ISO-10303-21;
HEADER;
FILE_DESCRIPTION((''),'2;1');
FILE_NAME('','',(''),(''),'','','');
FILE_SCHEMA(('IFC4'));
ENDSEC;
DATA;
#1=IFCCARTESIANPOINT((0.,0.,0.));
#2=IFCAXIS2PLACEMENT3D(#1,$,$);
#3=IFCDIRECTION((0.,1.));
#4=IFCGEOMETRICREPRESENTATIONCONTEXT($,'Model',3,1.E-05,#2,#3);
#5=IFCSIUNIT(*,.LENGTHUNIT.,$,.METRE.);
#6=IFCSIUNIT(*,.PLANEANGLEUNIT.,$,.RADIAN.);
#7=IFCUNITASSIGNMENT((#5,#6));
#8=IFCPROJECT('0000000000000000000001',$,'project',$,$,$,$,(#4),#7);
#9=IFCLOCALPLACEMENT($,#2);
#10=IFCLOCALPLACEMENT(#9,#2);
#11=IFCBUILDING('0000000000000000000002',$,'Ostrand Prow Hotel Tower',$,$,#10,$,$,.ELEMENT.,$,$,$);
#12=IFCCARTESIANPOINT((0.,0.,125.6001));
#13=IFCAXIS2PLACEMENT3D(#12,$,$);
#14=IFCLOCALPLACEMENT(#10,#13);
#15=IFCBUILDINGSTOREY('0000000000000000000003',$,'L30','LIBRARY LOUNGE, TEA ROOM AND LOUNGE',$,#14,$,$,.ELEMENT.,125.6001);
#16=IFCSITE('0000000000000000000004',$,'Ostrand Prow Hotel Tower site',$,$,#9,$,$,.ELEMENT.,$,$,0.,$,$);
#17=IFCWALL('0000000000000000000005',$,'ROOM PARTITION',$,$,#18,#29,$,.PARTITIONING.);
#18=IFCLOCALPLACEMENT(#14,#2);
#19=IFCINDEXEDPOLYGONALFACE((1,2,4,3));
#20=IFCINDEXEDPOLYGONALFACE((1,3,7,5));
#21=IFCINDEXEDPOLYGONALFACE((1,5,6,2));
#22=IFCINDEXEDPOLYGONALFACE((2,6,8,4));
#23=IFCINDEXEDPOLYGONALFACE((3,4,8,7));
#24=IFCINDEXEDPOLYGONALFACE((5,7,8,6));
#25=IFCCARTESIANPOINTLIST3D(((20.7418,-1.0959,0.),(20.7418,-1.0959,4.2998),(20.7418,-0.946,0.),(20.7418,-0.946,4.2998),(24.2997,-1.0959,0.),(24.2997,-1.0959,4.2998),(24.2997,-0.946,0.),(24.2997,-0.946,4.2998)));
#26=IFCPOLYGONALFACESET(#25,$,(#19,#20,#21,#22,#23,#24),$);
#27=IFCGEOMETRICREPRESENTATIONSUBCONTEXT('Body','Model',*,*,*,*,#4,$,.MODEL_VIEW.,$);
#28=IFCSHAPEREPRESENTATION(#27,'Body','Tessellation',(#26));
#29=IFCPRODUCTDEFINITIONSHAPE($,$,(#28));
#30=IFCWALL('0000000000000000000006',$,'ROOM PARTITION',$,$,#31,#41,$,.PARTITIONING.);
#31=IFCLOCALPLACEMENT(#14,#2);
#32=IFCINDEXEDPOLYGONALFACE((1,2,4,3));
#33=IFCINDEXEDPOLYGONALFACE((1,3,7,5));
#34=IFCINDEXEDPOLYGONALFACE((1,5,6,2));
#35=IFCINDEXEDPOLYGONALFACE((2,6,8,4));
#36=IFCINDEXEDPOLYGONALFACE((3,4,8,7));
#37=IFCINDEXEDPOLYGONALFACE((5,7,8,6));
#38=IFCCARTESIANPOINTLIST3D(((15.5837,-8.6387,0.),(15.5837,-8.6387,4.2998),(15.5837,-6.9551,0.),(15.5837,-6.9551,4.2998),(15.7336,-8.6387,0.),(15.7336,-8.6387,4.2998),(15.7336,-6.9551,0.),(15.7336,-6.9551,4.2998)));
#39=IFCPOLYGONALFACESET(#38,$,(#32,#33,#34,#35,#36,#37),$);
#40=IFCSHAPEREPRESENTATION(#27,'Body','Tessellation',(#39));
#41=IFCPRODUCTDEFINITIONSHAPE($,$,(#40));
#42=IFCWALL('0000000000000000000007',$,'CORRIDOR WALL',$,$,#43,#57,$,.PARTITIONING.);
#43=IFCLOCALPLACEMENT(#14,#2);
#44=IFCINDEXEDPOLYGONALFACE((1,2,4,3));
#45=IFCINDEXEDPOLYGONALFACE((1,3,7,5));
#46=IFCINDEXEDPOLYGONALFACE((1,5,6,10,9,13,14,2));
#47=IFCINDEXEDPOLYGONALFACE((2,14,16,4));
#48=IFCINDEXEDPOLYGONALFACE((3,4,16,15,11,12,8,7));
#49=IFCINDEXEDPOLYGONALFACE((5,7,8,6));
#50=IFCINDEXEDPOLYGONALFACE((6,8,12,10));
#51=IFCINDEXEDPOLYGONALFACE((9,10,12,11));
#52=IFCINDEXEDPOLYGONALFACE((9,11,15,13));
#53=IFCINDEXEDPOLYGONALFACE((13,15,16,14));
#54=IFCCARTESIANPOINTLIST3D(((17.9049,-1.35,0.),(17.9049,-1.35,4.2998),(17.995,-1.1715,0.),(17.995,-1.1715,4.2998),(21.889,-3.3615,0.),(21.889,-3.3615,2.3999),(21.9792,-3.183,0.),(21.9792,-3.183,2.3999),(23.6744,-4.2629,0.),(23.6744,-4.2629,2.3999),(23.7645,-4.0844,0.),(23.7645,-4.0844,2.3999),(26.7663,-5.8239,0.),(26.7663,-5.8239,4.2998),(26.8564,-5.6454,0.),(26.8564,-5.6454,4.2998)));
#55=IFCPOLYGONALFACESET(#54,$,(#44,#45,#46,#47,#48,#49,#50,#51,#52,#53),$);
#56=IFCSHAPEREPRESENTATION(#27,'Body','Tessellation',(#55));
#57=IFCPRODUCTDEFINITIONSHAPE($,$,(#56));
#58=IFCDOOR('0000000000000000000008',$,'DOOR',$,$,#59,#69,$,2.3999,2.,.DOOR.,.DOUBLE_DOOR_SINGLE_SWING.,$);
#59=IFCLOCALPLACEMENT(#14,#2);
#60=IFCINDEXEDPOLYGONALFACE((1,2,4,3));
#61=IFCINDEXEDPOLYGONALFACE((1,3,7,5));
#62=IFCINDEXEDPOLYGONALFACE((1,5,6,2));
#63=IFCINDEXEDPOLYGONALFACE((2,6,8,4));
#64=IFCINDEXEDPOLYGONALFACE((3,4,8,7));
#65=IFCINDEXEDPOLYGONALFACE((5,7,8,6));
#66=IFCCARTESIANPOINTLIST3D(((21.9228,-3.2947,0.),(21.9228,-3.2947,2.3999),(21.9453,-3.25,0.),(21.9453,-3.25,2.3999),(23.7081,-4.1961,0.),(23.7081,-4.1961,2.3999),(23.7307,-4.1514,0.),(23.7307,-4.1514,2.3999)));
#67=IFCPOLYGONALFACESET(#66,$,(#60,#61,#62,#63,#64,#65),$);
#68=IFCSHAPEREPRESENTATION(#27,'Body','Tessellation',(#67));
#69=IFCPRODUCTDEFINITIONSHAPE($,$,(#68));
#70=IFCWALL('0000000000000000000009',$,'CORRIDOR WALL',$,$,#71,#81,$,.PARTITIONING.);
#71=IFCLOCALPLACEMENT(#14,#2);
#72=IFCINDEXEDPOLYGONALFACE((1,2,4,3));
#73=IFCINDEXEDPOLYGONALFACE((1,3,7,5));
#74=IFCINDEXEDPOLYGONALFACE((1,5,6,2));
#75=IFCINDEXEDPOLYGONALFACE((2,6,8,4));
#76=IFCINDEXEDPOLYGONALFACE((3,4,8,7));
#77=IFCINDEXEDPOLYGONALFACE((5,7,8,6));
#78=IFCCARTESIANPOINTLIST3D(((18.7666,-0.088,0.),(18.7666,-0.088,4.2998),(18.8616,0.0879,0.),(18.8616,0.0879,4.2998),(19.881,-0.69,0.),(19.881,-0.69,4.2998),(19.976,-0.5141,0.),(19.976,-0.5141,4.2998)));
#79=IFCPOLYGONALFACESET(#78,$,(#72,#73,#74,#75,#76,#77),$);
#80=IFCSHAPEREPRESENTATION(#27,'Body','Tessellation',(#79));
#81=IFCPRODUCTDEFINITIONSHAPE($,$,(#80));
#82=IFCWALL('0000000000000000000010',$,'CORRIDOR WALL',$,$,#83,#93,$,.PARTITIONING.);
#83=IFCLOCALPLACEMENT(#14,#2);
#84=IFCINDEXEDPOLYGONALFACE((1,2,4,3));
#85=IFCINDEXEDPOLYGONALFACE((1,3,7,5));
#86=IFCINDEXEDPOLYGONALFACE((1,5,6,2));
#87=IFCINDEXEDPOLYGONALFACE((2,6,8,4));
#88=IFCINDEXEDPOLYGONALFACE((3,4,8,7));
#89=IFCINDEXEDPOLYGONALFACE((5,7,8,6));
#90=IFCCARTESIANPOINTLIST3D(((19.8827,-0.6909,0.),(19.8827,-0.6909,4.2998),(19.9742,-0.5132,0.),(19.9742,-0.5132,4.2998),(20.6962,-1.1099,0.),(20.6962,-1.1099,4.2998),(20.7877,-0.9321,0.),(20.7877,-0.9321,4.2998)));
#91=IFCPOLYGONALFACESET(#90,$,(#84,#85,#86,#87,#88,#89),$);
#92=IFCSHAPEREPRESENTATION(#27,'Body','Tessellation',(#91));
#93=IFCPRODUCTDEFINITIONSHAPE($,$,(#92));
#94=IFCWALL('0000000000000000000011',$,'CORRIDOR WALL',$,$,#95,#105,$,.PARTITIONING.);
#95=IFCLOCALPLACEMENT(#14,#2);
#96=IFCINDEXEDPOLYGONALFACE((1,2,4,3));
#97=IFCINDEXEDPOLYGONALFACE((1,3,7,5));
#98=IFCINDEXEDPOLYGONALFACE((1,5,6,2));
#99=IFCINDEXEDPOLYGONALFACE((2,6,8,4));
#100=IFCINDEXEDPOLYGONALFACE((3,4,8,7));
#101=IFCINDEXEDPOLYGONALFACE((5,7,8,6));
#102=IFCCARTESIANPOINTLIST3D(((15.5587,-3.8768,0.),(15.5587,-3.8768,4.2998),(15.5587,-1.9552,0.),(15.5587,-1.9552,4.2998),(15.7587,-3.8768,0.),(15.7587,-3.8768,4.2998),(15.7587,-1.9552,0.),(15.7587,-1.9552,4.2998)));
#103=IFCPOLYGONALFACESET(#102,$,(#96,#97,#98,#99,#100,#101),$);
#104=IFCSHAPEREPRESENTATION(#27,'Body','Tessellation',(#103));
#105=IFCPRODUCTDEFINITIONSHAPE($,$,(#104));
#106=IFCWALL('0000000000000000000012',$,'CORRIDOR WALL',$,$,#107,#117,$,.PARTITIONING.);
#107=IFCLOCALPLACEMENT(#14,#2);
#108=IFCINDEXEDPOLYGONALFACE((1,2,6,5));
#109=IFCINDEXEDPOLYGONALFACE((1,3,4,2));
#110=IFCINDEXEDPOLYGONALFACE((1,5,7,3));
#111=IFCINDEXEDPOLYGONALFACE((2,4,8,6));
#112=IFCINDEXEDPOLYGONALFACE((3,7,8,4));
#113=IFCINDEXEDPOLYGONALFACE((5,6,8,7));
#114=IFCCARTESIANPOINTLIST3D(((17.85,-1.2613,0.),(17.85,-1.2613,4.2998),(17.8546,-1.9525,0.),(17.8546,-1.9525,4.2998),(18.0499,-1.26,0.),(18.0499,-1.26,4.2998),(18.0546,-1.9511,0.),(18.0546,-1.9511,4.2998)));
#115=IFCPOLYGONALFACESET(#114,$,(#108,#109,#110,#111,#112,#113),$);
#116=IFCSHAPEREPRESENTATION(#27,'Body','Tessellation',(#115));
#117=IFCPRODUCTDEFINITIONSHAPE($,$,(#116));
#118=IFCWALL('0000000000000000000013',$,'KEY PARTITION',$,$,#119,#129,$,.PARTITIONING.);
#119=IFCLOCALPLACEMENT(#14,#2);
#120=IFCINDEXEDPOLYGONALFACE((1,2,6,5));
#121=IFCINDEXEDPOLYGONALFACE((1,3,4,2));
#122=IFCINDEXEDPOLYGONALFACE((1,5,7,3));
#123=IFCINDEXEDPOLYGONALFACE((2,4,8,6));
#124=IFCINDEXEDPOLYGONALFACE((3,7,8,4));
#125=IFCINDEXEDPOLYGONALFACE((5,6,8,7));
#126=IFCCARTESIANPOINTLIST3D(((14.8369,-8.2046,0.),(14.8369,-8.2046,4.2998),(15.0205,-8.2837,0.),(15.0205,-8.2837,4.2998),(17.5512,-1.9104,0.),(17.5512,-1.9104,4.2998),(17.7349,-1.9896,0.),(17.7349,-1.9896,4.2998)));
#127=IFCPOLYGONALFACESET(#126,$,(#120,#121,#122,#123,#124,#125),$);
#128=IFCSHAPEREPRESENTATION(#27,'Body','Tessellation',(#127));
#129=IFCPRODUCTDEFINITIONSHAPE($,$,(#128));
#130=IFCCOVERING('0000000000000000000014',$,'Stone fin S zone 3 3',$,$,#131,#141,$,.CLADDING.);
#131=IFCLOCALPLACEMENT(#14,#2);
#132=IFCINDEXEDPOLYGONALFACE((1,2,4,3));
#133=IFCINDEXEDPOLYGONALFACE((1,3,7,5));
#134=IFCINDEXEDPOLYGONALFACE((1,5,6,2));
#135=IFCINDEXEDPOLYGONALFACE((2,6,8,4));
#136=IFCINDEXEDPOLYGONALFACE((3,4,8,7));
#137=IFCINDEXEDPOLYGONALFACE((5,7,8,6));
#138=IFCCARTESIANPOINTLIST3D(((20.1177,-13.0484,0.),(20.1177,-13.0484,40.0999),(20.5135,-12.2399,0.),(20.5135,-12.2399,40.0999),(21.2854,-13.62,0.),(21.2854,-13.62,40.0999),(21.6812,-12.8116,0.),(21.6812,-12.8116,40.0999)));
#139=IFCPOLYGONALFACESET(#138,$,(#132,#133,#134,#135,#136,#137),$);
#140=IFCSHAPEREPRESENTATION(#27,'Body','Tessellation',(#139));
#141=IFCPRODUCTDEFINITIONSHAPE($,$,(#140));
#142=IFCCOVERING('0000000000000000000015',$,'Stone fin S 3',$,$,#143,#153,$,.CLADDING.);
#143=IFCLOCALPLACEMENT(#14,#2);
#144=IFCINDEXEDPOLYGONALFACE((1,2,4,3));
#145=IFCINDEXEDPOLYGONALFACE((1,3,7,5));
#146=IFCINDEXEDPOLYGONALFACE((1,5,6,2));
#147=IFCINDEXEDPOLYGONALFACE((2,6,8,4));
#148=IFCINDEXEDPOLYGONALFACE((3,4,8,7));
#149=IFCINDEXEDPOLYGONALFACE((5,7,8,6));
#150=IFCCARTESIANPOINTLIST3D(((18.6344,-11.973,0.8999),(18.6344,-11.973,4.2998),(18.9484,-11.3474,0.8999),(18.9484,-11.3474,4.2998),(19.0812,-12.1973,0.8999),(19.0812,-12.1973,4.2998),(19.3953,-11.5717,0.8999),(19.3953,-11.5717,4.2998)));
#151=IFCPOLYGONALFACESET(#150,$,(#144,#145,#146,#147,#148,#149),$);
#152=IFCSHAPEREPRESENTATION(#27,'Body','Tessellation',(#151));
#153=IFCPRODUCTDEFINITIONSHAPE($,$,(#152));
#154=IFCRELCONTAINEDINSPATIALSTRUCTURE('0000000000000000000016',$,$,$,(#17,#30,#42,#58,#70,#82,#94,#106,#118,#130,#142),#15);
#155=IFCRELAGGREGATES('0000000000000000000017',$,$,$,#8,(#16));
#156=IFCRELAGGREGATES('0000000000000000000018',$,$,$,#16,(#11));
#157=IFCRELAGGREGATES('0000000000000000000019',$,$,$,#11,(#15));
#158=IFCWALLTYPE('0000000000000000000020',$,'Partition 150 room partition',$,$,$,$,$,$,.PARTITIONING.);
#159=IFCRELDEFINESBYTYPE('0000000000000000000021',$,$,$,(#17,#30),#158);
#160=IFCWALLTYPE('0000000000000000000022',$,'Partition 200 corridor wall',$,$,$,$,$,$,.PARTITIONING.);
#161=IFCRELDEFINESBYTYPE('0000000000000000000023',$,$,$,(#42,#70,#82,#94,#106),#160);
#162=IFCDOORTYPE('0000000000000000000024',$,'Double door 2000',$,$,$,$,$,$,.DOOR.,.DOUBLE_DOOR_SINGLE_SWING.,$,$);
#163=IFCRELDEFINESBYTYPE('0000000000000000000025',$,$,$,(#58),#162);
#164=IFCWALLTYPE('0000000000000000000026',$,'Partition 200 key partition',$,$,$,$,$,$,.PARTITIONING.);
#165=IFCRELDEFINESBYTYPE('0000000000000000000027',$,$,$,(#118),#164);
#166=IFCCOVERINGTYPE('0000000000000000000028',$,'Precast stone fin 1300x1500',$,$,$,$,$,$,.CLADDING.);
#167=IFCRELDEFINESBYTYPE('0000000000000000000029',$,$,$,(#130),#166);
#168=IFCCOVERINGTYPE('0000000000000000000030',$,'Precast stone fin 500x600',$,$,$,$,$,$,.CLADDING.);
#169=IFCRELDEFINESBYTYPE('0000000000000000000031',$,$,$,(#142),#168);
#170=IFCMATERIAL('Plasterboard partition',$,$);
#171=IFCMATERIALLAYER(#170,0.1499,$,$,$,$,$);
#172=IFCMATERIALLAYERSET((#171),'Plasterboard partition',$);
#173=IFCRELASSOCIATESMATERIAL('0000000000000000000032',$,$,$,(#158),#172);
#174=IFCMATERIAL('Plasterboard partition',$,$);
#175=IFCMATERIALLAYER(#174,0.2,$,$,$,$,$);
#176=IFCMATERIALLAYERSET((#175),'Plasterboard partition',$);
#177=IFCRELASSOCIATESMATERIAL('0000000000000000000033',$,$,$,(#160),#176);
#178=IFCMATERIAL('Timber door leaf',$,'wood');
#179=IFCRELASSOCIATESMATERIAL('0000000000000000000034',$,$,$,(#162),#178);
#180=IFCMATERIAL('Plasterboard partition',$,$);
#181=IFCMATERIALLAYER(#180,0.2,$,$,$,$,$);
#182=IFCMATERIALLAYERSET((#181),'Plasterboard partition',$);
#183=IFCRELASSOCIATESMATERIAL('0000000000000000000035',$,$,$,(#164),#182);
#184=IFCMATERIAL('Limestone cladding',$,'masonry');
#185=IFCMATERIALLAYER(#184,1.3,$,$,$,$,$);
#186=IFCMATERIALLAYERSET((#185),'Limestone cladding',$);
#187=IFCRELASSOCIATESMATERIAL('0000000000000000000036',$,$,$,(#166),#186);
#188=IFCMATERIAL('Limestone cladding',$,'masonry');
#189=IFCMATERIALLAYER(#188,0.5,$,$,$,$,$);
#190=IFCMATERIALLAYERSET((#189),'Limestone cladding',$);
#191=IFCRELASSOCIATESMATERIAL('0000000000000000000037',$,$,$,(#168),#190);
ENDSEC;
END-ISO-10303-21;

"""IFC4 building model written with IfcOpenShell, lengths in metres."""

from ifc_helpers import new_model, si_unit, direction, frame, frame_2d, origin, place, context, subcontext, project, spatial, rectangle, extrude, material, layer, layer_set, type_object, element, fill, save


model = new_model("IFC4")

# Units and contexts
model_context = context("Model", 3, precision=1e-05, world=origin(), true_north=direction((0.0, 1.0)))
body_context = subcontext(model_context, "Body", "Model", "MODEL_VIEW")
ifc_project = project(units=[si_unit("LENGTHUNIT", "METRE"), si_unit("PLANEANGLEUNIT", "RADIAN")], contexts=[model_context])

# Site, building, storey
site_placement = place(None, origin())
site = spatial("IfcSite", under=ifc_project, at=site_placement, Name="Ostrand Prow Hotel Tower site", CompositionType="ELEMENT", RefElevation=0.0)
building_placement = place(site_placement, origin())
building = spatial("IfcBuilding", under=site, at=building_placement, Name="Ostrand Prow Hotel Tower", CompositionType="ELEMENT")
storey_placement = place(building_placement, frame((0.0, 0.0, 125.6001)))
storey = spatial("IfcBuildingStorey", under=building, at=storey_placement, Name="L30", Description="LIBRARY LOUNGE, TEA ROOM AND LOUNGE", CompositionType="ELEMENT", Elevation=125.6001)

# Walls
ifc_material_1 = material(Name="Plasterboard partition")
ifc_layer_1 = layer(ifc_material_1, 0.1499)
ifc_layer_set_1 = layer_set([ifc_layer_1], Name="Plasterboard partition")
wall_type_1 = type_object("IfcWallType", Name="Partition 150 room partition", PredefinedType="PARTITIONING", material=ifc_layer_set_1)
wall_1_placement = place(storey_placement, frame((20.7419, -1.021, 0.0), z_axis=(0.0, 0.0, 1.0), x_axis=(1.0, 0.0, 0.0)))
element("IfcWall", 1, at=wall_1_placement, inside=storey, type_object=wall_type_1, Name="ROOM PARTITION", PredefinedType="PARTITIONING", context=body_context, shape_type="SweptSolid", body=[
    extrude(rectangle(XDim=3.5579, YDim=0.1499, at=frame_2d((1.7788, 0.0))), origin(), (0.0, 0.0, 1.0), 4.2998),
])
wall_2_placement = place(storey_placement, frame((15.6587, -6.9551, 0.0), z_axis=(0.0, 0.0, 1.0), x_axis=(0.0, -1.0, 0.0)))
element("IfcWall", 2, at=wall_2_placement, inside=storey, type_object=wall_type_1, Name="ROOM PARTITION", PredefinedType="PARTITIONING", context=body_context, shape_type="SweptSolid", body=[
    extrude(rectangle(XDim=1.6836, YDim=0.1499, at=frame_2d((0.8418, 0.0))), origin(), (0.0, 0.0, 1.0), 4.2998),
])

# Wall, opening, door
ifc_material_2 = material(Name="Plasterboard partition")
ifc_layer_2 = layer(ifc_material_2, 0.2)
ifc_layer_set_2 = layer_set([ifc_layer_2], Name="Plasterboard partition")
wall_type_2 = type_object("IfcWallType", Name="Partition 200 corridor wall", PredefinedType="PARTITIONING", material=ifc_layer_set_2)
wall_3_placement = place(storey_placement, frame((17.95, -1.2607, 0.0), z_axis=(0.0, 0.0, 1.0), x_axis=(0.892679, -0.450693, 0.0)))
wall_3 = element("IfcWall", 3, at=wall_3_placement, inside=storey, type_object=wall_type_2, Name="CORRIDOR WALL", PredefinedType="PARTITIONING", context=body_context, shape_type="SweptSolid", body=[
    extrude(rectangle(XDim=9.9268, YDim=0.2, at=frame_2d((4.9634, 0.0))), origin(), (0.0, 0.0, 1.0), 4.2998),
])
opening_placement = place(wall_3_placement, frame((4.4631, 0.0, 0.0)))
opening = element("IfcOpeningElement", 4, at=opening_placement, cuts=wall_3, PredefinedType="OPENING", context=body_context, shape_type="SweptSolid", body=[
    extrude(rectangle(XDim=2.0, YDim=2.3999, at=frame_2d((1.0, 1.2))), frame((0.0, 0.1099, 0.0), z_axis=(0.0, -1.0, 0.0), x_axis=(1.0, 0.0, 0.0)), (0.0, 0.0, 1.0), 0.22),
])
ifc_material_3 = material(Name="Timber door leaf", Category="wood")
door_type = type_object("IfcDoorType", Name="Double door 2000", OperationType="DOUBLE_DOOR_SINGLE_SWING", PredefinedType="DOOR", material=ifc_material_3)
door_placement = place(opening_placement, origin())
door = element("IfcDoor", 5, at=door_placement, inside=storey, type_object=door_type, Name="DOOR", OperationType="DOUBLE_DOOR_SINGLE_SWING", OverallHeight=2.3999, OverallWidth=2.0, PredefinedType="DOOR", context=body_context, shape_type="SweptSolid", body=[
    extrude(rectangle(XDim=2.0, YDim=2.3999, at=frame_2d((1.0, 1.2))), frame((0.0, 0.0249, 0.0), z_axis=(0.0, -1.0, 0.0), x_axis=(1.0, 0.0, 0.0)), (0.0, 0.0, 1.0), 0.05),
])
fill(opening, door)

# Walls
wall_4_placement = place(storey_placement, frame((19.9285, -0.6021, 0.0), z_axis=(0.0, 0.0, 1.0), x_axis=(-0.879833, 0.475283, 0.0)))
element("IfcWall", 6, at=wall_4_placement, inside=storey, type_object=wall_type_2, Name="CORRIDOR WALL", PredefinedType="PARTITIONING", context=body_context, shape_type="SweptSolid", body=[
    extrude(rectangle(XDim=1.2666, YDim=0.2, at=frame_2d((0.6333, 0.0))), origin(), (0.0, 0.0, 1.0), 4.2998),
])
wall_5_placement = place(storey_placement, frame((20.7419, -1.021, 0.0), z_axis=(0.0, 0.0, 1.0), x_axis=(-0.889027, 0.457854, 0.0)))
element("IfcWall", 7, at=wall_5_placement, inside=storey, type_object=wall_type_2, Name="CORRIDOR WALL", PredefinedType="PARTITIONING", context=body_context, shape_type="SweptSolid", body=[
    extrude(rectangle(XDim=0.915, YDim=0.2, at=frame_2d((0.4575, 0.0))), origin(), (0.0, 0.0, 1.0), 4.2998),
])
wall_6_placement = place(storey_placement, frame((15.6587, -1.9551, 0.0), z_axis=(0.0, 0.0, 1.0), x_axis=(0.0, -1.0, 0.0)))
element("IfcWall", 8, at=wall_6_placement, inside=storey, type_object=wall_type_2, Name="CORRIDOR WALL", PredefinedType="PARTITIONING", context=body_context, shape_type="SweptSolid", body=[
    extrude(rectangle(XDim=1.9216, YDim=0.2, at=frame_2d((0.9609, 0.0))), origin(), (0.0, 0.0, 1.0), 4.2998),
])
wall_7_placement = place(storey_placement, frame((17.9546, -1.9519, 0.0), z_axis=(0.0, 0.0, 1.0), x_axis=(-0.006711, 0.999977, 0.0)))
element("IfcWall", 9, at=wall_7_placement, inside=storey, type_object=wall_type_2, Name="CORRIDOR WALL", PredefinedType="PARTITIONING", context=body_context, shape_type="SweptSolid", body=[
    extrude(rectangle(XDim=0.6912, YDim=0.2, at=frame_2d((0.3457, 0.0))), origin(), (0.0, 0.0, 1.0), 4.2998),
])
ifc_material_4 = material(Name="Plasterboard partition")
ifc_layer_3 = layer(ifc_material_4, 0.2)
ifc_layer_set_3 = layer_set([ifc_layer_3], Name="Plasterboard partition")
wall_type_3 = type_object("IfcWallType", Name="Partition 200 key partition", PredefinedType="PARTITIONING", material=ifc_layer_set_3)
wall_8_placement = place(storey_placement, frame((14.9287, -8.2441, 0.0), z_axis=(0.0, 0.0, 1.0), x_axis=(0.395995, 0.918253, 0.0)))
element("IfcWall", 10, at=wall_8_placement, inside=storey, type_object=wall_type_3, Name="KEY PARTITION", PredefinedType="PARTITIONING", context=body_context, shape_type="SweptSolid", body=[
    extrude(rectangle(XDim=6.8545, YDim=0.2, at=frame_2d((3.4272, 0.0))), origin(), (0.0, 0.0, 1.0), 4.2998),
])

# Coverings
ifc_material_5 = material(Name="Limestone cladding", Category="masonry")
ifc_layer_4 = layer(ifc_material_5, 1.3)
ifc_layer_set_4 = layer_set([ifc_layer_4], Name="Limestone cladding")
covering_type_1 = type_object("IfcCoveringType", Name="Precast stone fin 1300x1500", PredefinedType="CLADDING", material=ifc_layer_set_4)
covering_1_placement = place(storey_placement, frame((21.0974, -12.5256, 0.0), z_axis=(0.0, 0.0, 1.0), x_axis=(-0.439711, -0.898139, 0.0)))
element("IfcCovering", 11, at=covering_1_placement, inside=storey, type_object=covering_type_1, Name="Stone fin S zone 3 3", PredefinedType="CLADDING", context=body_context, shape_type="SweptSolid", body=[
    extrude(rectangle(XDim=0.9001, YDim=1.3, at=frame_2d((0.4502, 0.0))), origin(), (0.0, 0.0, 1.0), 40.0999),
])
ifc_material_6 = material(Name="Limestone cladding", Category="masonry")
ifc_layer_5 = layer(ifc_material_6, 0.5)
ifc_layer_set_5 = layer_set([ifc_layer_5], Name="Limestone cladding")
covering_type_2 = type_object("IfcCoveringType", Name="Precast stone fin 500x600", PredefinedType="CLADDING", material=ifc_layer_set_5)
covering_2_placement = place(storey_placement, frame((19.1719, -11.4595, 0.8999), z_axis=(0.0, 0.0, 1.0), x_axis=(-0.448608, -0.893728, 0.0)))
element("IfcCovering", 12, at=covering_2_placement, inside=storey, type_object=covering_type_2, Name="Stone fin S 3", PredefinedType="CLADDING", context=body_context, shape_type="SweptSolid", body=[
    extrude(rectangle(XDim=0.7, YDim=0.5, at=frame_2d((0.3501, 0.0))), origin(), (0.0, 0.0, 1.0), 3.3999),
])

save(model, "model.ifc")
